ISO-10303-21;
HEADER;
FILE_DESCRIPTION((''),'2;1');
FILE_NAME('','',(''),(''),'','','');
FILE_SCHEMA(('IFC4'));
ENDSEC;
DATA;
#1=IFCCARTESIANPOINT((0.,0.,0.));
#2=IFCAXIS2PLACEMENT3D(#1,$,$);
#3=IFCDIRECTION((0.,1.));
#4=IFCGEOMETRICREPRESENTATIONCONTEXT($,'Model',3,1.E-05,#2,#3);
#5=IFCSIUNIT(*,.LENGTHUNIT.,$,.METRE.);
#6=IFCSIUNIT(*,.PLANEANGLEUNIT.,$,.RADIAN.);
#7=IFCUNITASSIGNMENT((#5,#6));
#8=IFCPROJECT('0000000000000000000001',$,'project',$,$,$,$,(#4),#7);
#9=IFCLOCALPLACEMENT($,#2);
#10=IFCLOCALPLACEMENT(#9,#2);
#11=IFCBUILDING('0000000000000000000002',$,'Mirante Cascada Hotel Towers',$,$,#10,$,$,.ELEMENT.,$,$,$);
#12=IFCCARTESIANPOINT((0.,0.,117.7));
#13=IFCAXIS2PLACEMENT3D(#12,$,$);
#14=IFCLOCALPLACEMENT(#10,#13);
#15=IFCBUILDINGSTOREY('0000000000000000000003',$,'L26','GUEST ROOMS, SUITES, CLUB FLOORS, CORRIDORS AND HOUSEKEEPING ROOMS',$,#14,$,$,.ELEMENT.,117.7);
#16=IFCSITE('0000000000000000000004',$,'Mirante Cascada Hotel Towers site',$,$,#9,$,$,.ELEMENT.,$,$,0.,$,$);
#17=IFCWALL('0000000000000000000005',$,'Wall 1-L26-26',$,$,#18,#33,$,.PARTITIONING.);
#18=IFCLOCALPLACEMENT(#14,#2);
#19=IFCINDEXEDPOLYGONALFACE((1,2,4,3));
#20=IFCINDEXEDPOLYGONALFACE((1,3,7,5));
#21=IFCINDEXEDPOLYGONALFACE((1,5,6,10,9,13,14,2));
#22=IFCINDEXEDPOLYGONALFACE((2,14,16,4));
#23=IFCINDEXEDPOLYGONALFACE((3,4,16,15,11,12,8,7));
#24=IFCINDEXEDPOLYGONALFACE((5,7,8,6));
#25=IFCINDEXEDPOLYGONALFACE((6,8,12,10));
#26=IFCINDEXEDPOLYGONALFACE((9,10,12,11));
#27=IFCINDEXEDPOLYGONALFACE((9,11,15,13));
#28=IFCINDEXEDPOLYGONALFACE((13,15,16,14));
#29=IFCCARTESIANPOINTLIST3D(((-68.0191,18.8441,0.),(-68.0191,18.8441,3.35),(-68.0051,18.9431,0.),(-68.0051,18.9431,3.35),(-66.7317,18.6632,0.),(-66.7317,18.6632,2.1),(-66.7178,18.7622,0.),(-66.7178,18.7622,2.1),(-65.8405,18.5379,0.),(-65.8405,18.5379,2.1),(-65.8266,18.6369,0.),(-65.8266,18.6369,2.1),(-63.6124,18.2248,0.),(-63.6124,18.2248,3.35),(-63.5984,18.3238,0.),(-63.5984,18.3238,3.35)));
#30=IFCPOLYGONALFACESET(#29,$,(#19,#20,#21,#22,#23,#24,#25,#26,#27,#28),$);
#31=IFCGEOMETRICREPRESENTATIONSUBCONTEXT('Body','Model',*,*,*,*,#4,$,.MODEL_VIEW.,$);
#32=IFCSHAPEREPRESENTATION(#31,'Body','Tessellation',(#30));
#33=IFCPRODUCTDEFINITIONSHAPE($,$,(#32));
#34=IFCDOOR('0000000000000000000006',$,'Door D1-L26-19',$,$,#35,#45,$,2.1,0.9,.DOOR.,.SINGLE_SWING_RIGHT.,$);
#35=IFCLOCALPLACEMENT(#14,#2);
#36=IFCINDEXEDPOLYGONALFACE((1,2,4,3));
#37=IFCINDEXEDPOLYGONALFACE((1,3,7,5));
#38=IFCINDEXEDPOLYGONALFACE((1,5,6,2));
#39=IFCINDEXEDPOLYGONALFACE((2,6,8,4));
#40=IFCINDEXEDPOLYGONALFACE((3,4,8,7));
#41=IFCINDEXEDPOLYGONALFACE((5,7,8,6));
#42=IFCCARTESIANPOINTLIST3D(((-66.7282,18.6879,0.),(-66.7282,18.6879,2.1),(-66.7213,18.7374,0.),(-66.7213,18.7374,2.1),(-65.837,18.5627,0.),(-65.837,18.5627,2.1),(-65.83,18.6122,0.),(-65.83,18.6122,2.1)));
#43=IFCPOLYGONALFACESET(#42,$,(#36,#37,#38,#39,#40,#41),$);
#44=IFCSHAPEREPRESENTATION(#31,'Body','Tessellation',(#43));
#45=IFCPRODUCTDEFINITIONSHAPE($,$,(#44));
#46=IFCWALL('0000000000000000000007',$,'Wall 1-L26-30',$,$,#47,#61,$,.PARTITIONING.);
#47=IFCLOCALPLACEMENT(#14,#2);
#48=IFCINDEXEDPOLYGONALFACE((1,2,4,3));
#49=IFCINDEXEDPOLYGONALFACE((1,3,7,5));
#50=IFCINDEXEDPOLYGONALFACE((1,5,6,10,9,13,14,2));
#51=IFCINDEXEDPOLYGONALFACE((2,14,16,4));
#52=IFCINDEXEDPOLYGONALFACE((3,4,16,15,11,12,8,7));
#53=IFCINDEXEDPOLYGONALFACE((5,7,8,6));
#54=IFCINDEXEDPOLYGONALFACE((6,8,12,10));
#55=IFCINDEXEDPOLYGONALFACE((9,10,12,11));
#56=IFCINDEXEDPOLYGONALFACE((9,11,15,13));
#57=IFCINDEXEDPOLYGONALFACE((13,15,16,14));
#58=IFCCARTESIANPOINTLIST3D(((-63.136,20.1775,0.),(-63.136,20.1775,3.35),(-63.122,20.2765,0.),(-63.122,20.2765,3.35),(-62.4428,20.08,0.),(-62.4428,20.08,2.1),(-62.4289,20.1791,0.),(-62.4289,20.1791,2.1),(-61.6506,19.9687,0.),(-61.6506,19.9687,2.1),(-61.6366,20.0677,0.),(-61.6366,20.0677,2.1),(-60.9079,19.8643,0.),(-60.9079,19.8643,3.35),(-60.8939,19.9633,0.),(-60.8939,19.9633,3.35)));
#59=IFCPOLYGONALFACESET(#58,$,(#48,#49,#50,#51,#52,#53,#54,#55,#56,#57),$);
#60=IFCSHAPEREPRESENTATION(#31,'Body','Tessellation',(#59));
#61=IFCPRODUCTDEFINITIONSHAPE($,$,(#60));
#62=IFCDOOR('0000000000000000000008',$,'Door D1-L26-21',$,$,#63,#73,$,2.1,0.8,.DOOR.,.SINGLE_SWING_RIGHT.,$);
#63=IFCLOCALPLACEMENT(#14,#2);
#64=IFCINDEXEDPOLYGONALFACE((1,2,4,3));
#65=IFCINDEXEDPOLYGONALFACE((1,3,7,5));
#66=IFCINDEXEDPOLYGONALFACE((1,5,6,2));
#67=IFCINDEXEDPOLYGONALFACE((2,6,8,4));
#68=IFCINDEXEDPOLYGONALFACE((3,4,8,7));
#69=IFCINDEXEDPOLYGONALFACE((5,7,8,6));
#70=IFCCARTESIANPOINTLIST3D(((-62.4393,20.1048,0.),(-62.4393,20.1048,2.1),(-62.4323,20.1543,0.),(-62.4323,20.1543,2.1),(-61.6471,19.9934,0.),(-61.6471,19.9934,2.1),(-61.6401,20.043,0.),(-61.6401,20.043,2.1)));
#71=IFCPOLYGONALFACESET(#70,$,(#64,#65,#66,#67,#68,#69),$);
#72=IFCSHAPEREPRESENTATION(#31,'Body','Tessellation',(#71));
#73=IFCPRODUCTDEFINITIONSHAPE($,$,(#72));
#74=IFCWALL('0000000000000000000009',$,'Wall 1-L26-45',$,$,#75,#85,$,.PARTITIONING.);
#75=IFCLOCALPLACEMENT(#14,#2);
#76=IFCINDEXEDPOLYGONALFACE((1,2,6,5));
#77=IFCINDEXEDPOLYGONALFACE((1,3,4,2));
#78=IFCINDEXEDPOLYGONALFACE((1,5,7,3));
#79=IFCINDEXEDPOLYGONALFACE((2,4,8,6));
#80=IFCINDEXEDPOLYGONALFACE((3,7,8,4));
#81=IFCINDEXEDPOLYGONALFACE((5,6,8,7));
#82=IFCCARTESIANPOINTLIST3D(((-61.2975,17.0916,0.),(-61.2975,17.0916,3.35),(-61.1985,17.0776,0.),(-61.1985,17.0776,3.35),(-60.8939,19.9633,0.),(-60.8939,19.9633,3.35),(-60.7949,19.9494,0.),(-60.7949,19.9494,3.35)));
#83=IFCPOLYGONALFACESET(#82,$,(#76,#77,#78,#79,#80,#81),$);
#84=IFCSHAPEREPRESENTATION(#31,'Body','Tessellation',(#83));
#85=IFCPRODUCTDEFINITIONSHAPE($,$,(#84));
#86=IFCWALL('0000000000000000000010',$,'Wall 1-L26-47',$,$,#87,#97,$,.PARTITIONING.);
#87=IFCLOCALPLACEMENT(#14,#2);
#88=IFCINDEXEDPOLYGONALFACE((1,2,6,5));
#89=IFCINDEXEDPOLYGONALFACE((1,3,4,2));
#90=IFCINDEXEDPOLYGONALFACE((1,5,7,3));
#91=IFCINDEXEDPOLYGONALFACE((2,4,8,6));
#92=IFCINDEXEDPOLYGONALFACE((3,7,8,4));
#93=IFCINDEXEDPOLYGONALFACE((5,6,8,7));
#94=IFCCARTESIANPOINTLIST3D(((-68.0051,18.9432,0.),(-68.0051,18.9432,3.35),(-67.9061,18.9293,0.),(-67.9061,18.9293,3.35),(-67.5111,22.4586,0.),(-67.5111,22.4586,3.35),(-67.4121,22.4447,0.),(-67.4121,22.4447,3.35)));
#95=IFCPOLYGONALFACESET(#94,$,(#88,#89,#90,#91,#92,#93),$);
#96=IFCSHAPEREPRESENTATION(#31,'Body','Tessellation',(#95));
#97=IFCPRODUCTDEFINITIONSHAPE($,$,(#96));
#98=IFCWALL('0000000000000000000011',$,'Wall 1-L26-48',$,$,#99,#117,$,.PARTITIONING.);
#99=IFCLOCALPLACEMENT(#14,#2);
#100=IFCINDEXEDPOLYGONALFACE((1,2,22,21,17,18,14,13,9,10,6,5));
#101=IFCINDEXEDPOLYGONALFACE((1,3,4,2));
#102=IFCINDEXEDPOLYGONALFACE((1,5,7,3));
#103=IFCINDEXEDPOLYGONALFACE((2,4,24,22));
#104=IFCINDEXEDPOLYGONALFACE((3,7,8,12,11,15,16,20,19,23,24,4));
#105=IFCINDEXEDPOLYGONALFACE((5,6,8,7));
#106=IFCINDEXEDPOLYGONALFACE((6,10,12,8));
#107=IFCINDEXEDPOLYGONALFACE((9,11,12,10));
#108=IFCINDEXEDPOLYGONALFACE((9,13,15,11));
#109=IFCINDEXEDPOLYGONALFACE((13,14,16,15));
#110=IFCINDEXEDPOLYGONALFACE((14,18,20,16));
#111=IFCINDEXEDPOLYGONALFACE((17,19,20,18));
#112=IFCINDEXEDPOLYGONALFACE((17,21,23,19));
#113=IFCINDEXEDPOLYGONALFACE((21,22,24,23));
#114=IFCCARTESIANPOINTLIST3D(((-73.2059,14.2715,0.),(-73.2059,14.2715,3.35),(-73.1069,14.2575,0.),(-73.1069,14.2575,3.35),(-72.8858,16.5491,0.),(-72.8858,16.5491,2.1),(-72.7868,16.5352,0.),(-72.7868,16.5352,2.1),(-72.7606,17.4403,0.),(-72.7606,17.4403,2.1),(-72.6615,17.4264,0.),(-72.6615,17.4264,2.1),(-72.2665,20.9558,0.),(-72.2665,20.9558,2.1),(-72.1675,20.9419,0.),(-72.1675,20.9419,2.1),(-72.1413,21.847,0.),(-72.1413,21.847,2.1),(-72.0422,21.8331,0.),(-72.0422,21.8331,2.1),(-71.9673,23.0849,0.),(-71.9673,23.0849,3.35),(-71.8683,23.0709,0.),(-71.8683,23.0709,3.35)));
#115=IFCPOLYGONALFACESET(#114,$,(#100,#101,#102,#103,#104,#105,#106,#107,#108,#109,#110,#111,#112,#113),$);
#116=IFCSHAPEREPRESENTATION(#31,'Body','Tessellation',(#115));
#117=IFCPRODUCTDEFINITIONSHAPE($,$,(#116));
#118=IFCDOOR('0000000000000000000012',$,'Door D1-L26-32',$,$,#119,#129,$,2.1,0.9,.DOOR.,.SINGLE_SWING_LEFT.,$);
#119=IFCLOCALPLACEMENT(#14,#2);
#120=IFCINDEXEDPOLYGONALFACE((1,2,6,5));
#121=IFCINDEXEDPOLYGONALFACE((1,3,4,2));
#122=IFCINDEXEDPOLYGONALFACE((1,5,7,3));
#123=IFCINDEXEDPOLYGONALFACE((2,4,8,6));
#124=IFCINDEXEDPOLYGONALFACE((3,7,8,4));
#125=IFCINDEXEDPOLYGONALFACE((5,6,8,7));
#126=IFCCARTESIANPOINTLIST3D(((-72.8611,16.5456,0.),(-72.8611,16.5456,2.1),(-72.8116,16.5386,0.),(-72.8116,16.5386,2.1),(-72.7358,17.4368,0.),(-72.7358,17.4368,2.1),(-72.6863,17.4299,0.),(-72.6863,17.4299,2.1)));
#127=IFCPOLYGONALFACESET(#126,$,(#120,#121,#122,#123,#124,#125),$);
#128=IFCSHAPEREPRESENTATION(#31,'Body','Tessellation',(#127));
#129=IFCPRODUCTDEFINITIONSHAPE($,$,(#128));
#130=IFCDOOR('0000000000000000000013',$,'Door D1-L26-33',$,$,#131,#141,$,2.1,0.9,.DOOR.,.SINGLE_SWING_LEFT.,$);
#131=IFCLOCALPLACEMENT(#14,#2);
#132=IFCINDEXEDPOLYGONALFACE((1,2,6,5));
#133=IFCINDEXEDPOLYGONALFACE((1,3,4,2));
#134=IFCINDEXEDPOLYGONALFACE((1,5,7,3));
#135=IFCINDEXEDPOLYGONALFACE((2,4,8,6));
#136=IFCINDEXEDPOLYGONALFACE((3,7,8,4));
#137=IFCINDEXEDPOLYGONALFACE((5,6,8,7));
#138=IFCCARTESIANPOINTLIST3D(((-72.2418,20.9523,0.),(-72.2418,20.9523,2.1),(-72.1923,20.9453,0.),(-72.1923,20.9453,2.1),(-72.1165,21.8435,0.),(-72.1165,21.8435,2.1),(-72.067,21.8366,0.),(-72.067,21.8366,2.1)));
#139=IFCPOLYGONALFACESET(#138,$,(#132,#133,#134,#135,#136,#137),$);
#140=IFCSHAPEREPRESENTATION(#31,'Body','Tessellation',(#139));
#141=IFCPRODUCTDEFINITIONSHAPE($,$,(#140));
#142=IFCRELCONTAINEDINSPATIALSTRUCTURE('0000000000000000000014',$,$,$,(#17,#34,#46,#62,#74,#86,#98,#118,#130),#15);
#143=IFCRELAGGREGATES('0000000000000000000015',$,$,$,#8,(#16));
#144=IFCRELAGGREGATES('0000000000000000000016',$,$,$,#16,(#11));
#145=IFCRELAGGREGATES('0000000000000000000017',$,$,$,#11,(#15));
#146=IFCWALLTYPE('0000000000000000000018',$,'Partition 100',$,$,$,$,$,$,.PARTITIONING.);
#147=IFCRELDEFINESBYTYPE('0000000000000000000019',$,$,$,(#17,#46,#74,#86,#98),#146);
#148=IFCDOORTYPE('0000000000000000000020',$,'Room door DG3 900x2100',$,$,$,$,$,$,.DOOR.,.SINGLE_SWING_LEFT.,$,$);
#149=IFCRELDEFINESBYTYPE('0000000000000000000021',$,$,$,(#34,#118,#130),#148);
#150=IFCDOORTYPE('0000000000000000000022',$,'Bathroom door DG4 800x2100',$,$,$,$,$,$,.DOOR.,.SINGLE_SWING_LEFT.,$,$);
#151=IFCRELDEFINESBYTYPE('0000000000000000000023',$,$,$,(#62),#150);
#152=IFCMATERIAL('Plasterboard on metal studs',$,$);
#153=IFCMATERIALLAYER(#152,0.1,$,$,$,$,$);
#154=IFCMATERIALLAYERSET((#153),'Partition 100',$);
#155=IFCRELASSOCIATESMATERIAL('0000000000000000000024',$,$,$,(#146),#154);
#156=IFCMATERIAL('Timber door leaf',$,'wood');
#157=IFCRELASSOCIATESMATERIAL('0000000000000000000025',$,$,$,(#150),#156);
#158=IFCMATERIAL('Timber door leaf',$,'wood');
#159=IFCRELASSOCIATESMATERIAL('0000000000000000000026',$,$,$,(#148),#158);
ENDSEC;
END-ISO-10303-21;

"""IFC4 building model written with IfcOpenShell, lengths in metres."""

from ifc_helpers import new_model, si_unit, direction, frame, frame_2d, origin, place, context, subcontext, project, spatial, rectangle, extrude, material, layer, layer_set, type_object, element, fill, save


model = new_model("IFC4")

# Units and contexts
model_context = context("Model", 3, precision=1e-05, world=origin(), true_north=direction((0.0, 1.0)))
body_context = subcontext(model_context, "Body", "Model", "MODEL_VIEW")
ifc_project = project(units=[si_unit("LENGTHUNIT", "METRE"), si_unit("PLANEANGLEUNIT", "RADIAN")], contexts=[model_context])

# Site, building, storey
site_placement = place(None, origin())
site = spatial("IfcSite", under=ifc_project, at=site_placement, Name="Mirante Cascada Hotel Towers site", CompositionType="ELEMENT", RefElevation=0.0)
building_placement = place(site_placement, origin())
building = spatial("IfcBuilding", under=site, at=building_placement, Name="Mirante Cascada Hotel Towers", CompositionType="ELEMENT")
storey_placement = place(building_placement, frame((0.0, 0.0, 117.7)))
storey = spatial("IfcBuildingStorey", under=building, at=storey_placement, Name="L26", Description="GUEST ROOMS, SUITES, CLUB FLOORS, CORRIDORS AND HOUSEKEEPING ROOMS", CompositionType="ELEMENT", Elevation=117.7)

# Shared definitions
ifc_material_1 = material(Name="Plasterboard on metal studs")
ifc_layer_1 = layer(ifc_material_1, 0.1)
ifc_layer_set_1 = layer_set([ifc_layer_1], Name="Partition 100")
wall_type_1 = type_object("IfcWallType", Name="Partition 100", PredefinedType="PARTITIONING", material=ifc_layer_set_1)
ifc_material_2 = material(Name="Timber door leaf", Category="wood")
door_type_1 = type_object("IfcDoorType", Name="Bathroom door DG4 800x2100", OperationType="SINGLE_SWING_LEFT", PredefinedType="DOOR", material=ifc_material_2)

# Walls, openings, doors
wall_1_placement = place(storey_placement, frame((-68.0121, 18.8936, 0.0), z_axis=(0.0, 0.0, 1.0), x_axis=(0.990269, -0.139168, 0.0)))
wall_1 = element("IfcWall", 1, at=wall_1_placement, inside=storey, type_object=wall_type_1, Name="Wall 1-L26-26", PredefinedType="PARTITIONING", context=body_context, shape_type="SweptSolid", body=[
    extrude(rectangle(XDim=4.45, YDim=0.1, at=frame_2d((2.225, 0.0))), origin(), (0.0, 0.0, 1.0), 3.35),
])
opening_1_placement = place(wall_1_placement, frame((1.3, 0.0, 0.0)))
opening_1 = element("IfcOpeningElement", 2, at=opening_1_placement, cuts=wall_1, PredefinedType="OPENING", context=body_context, shape_type="SweptSolid", body=[
    extrude(rectangle(XDim=0.9, YDim=2.1, at=frame_2d((0.45, 1.05))), frame((0.0, 0.05, 0.0), z_axis=(0.0, -1.0, 0.0), x_axis=(1.0, 0.0, 0.0)), (0.0, 0.0, 1.0), 0.1),
])
ifc_material_3 = material(Name="Timber door leaf", Category="wood")
door_type_2 = type_object("IfcDoorType", Name="Room door DG3 900x2100", OperationType="SINGLE_SWING_LEFT", PredefinedType="DOOR", material=ifc_material_3)
door_1_placement = place(opening_1_placement, frame((0.9, 0.0, 0.0), z_axis=(0.0, 0.0, 1.0), x_axis=(-1.0, 0.0, 0.0)))
door_1 = element("IfcDoor", 3, at=door_1_placement, inside=storey, type_object=door_type_2, Name="Door D1-L26-19", OperationType="SINGLE_SWING_RIGHT", OverallHeight=2.1, OverallWidth=0.9, PredefinedType="DOOR", context=body_context, shape_type="SweptSolid", body=[
    extrude(rectangle(XDim=0.9, YDim=2.1, at=frame_2d((0.45, 1.05))), frame((0.0, 0.025, 0.0), z_axis=(0.0, -1.0, 0.0), x_axis=(1.0, 0.0, 0.0)), (0.0, 0.0, 1.0), 0.05),
])
fill(opening_1, door_1)
wall_2_placement = place(storey_placement, frame((-63.129, 20.227, 0.0), z_axis=(0.0, 0.0, 1.0), x_axis=(0.990264, -0.1392, 0.0)))
wall_2 = element("IfcWall", 4, at=wall_2_placement, inside=storey, type_object=wall_type_1, Name="Wall 1-L26-30", PredefinedType="PARTITIONING", context=body_context, shape_type="SweptSolid", body=[
    extrude(rectangle(XDim=2.25, YDim=0.1, at=frame_2d((1.125, 0.0))), origin(), (0.0, 0.0, 1.0), 3.35),
])
opening_2_placement = place(wall_2_placement, frame((0.7, 0.0, 0.0)))
opening_2 = element("IfcOpeningElement", 5, at=opening_2_placement, cuts=wall_2, PredefinedType="OPENING", context=body_context, shape_type="SweptSolid", body=[
    extrude(rectangle(XDim=0.8, YDim=2.1, at=frame_2d((0.4, 1.05))), frame((0.0, 0.05, 0.0), z_axis=(0.0, -1.0, 0.0), x_axis=(1.0, 0.0, 0.0)), (0.0, 0.0, 1.0), 0.1),
])
door_2_placement = place(opening_2_placement, frame((0.8, 0.0, 0.0), z_axis=(0.0, 0.0, 1.0), x_axis=(-1.0, 0.0, 0.0)))
door_2 = element("IfcDoor", 6, at=door_2_placement, inside=storey, type_object=door_type_1, Name="Door D1-L26-21", OperationType="SINGLE_SWING_RIGHT", OverallHeight=2.1, OverallWidth=0.8, PredefinedType="DOOR", context=body_context, shape_type="SweptSolid", body=[
    extrude(rectangle(XDim=0.8, YDim=2.1, at=frame_2d((0.4, 1.05))), frame((0.0, 0.025, 0.0), z_axis=(0.0, -1.0, 0.0), x_axis=(1.0, 0.0, 0.0)), (0.0, 0.0, 1.0), 0.05),
])
fill(opening_2, door_2)

# Walls
wall_3_placement = place(storey_placement, frame((-61.248, 17.0846, 0.0), z_axis=(0.0, 0.0, 1.0), x_axis=(0.139171, 0.990268, 0.0)))
element("IfcWall", 7, at=wall_3_placement, inside=storey, type_object=wall_type_1, Name="Wall 1-L26-45", PredefinedType="PARTITIONING", context=body_context, shape_type="SweptSolid", body=[
    extrude(rectangle(XDim=2.9, YDim=0.1, at=frame_2d((1.45, 0.0))), origin(), (0.0, 0.0, 1.0), 3.35),
])
wall_4_placement = place(storey_placement, frame((-67.9556, 18.9362, 0.0), z_axis=(0.0, 0.0, 1.0), x_axis=(0.139157, 0.99027, 0.0)))
element("IfcWall", 8, at=wall_4_placement, inside=storey, type_object=wall_type_1, Name="Wall 1-L26-47", PredefinedType="PARTITIONING", context=body_context, shape_type="SweptSolid", body=[
    extrude(rectangle(XDim=3.5499, YDim=0.1, at=frame_2d((1.775, 0.0))), origin(), (0.0, 0.0, 1.0), 3.35),
])

# Wall, openings, doors
wall_5_placement = place(storey_placement, frame((-71.9178, 23.0779, 0.0), z_axis=(0.0, 0.0, 1.0), x_axis=(-0.139168, -0.990269, 0.0)))
wall_5 = element("IfcWall", 9, at=wall_5_placement, inside=storey, type_object=wall_type_1, Name="Wall 1-L26-48", PredefinedType="PARTITIONING", context=body_context, shape_type="SweptSolid", body=[
    extrude(rectangle(XDim=8.9, YDim=0.1, at=frame_2d((4.45, 0.0))), origin(), (0.0, 0.0, 1.0), 3.35),
])
opening_3_placement = place(wall_5_placement, frame((5.7, 0.0, 0.0)))
opening_3 = element("IfcOpeningElement", 10, at=opening_3_placement, cuts=wall_5, PredefinedType="OPENING", context=body_context, shape_type="SweptSolid", body=[
    extrude(rectangle(XDim=0.9, YDim=2.1, at=frame_2d((0.45, 1.05))), frame((0.0, 0.05, 0.0), z_axis=(0.0, -1.0, 0.0), x_axis=(1.0, 0.0, 0.0)), (0.0, 0.0, 1.0), 0.1),
])
opening_4_placement = place(wall_5_placement, frame((1.25, 0.0, 0.0)))
opening_4 = element("IfcOpeningElement", 11, at=opening_4_placement, cuts=wall_5, PredefinedType="OPENING", context=body_context, shape_type="SweptSolid", body=[
    extrude(rectangle(XDim=0.9, YDim=2.1, at=frame_2d((0.45, 1.05))), frame((0.0, 0.05, 0.0), z_axis=(0.0, -1.0, 0.0), x_axis=(1.0, 0.0, 0.0)), (0.0, 0.0, 1.0), 0.1),
])
door_3_placement = place(opening_3_placement, origin())
door_3 = element("IfcDoor", 12, at=door_3_placement, inside=storey, type_object=door_type_2, Name="Door D1-L26-32", OperationType="SINGLE_SWING_LEFT", OverallHeight=2.1, OverallWidth=0.9, PredefinedType="DOOR", context=body_context, shape_type="SweptSolid", body=[
    extrude(rectangle(XDim=0.9, YDim=2.1, at=frame_2d((0.45, 1.05))), frame((0.0, 0.025, 0.0), z_axis=(0.0, -1.0, 0.0), x_axis=(1.0, 0.0, 0.0)), (0.0, 0.0, 1.0), 0.05),
])
fill(opening_3, door_3)
door_4_placement = place(opening_4_placement, origin())
door_4 = element("IfcDoor", 13, at=door_4_placement, inside=storey, type_object=door_type_2, Name="Door D1-L26-33", OperationType="SINGLE_SWING_LEFT", OverallHeight=2.1, OverallWidth=0.9, PredefinedType="DOOR", context=body_context, shape_type="SweptSolid", body=[
    extrude(rectangle(XDim=0.9, YDim=2.1, at=frame_2d((0.45, 1.05))), frame((0.0, 0.025, 0.0), z_axis=(0.0, -1.0, 0.0), x_axis=(1.0, 0.0, 0.0)), (0.0, 0.0, 1.0), 0.05),
])
fill(opening_4, door_4)

save(model, "model.ifc")
